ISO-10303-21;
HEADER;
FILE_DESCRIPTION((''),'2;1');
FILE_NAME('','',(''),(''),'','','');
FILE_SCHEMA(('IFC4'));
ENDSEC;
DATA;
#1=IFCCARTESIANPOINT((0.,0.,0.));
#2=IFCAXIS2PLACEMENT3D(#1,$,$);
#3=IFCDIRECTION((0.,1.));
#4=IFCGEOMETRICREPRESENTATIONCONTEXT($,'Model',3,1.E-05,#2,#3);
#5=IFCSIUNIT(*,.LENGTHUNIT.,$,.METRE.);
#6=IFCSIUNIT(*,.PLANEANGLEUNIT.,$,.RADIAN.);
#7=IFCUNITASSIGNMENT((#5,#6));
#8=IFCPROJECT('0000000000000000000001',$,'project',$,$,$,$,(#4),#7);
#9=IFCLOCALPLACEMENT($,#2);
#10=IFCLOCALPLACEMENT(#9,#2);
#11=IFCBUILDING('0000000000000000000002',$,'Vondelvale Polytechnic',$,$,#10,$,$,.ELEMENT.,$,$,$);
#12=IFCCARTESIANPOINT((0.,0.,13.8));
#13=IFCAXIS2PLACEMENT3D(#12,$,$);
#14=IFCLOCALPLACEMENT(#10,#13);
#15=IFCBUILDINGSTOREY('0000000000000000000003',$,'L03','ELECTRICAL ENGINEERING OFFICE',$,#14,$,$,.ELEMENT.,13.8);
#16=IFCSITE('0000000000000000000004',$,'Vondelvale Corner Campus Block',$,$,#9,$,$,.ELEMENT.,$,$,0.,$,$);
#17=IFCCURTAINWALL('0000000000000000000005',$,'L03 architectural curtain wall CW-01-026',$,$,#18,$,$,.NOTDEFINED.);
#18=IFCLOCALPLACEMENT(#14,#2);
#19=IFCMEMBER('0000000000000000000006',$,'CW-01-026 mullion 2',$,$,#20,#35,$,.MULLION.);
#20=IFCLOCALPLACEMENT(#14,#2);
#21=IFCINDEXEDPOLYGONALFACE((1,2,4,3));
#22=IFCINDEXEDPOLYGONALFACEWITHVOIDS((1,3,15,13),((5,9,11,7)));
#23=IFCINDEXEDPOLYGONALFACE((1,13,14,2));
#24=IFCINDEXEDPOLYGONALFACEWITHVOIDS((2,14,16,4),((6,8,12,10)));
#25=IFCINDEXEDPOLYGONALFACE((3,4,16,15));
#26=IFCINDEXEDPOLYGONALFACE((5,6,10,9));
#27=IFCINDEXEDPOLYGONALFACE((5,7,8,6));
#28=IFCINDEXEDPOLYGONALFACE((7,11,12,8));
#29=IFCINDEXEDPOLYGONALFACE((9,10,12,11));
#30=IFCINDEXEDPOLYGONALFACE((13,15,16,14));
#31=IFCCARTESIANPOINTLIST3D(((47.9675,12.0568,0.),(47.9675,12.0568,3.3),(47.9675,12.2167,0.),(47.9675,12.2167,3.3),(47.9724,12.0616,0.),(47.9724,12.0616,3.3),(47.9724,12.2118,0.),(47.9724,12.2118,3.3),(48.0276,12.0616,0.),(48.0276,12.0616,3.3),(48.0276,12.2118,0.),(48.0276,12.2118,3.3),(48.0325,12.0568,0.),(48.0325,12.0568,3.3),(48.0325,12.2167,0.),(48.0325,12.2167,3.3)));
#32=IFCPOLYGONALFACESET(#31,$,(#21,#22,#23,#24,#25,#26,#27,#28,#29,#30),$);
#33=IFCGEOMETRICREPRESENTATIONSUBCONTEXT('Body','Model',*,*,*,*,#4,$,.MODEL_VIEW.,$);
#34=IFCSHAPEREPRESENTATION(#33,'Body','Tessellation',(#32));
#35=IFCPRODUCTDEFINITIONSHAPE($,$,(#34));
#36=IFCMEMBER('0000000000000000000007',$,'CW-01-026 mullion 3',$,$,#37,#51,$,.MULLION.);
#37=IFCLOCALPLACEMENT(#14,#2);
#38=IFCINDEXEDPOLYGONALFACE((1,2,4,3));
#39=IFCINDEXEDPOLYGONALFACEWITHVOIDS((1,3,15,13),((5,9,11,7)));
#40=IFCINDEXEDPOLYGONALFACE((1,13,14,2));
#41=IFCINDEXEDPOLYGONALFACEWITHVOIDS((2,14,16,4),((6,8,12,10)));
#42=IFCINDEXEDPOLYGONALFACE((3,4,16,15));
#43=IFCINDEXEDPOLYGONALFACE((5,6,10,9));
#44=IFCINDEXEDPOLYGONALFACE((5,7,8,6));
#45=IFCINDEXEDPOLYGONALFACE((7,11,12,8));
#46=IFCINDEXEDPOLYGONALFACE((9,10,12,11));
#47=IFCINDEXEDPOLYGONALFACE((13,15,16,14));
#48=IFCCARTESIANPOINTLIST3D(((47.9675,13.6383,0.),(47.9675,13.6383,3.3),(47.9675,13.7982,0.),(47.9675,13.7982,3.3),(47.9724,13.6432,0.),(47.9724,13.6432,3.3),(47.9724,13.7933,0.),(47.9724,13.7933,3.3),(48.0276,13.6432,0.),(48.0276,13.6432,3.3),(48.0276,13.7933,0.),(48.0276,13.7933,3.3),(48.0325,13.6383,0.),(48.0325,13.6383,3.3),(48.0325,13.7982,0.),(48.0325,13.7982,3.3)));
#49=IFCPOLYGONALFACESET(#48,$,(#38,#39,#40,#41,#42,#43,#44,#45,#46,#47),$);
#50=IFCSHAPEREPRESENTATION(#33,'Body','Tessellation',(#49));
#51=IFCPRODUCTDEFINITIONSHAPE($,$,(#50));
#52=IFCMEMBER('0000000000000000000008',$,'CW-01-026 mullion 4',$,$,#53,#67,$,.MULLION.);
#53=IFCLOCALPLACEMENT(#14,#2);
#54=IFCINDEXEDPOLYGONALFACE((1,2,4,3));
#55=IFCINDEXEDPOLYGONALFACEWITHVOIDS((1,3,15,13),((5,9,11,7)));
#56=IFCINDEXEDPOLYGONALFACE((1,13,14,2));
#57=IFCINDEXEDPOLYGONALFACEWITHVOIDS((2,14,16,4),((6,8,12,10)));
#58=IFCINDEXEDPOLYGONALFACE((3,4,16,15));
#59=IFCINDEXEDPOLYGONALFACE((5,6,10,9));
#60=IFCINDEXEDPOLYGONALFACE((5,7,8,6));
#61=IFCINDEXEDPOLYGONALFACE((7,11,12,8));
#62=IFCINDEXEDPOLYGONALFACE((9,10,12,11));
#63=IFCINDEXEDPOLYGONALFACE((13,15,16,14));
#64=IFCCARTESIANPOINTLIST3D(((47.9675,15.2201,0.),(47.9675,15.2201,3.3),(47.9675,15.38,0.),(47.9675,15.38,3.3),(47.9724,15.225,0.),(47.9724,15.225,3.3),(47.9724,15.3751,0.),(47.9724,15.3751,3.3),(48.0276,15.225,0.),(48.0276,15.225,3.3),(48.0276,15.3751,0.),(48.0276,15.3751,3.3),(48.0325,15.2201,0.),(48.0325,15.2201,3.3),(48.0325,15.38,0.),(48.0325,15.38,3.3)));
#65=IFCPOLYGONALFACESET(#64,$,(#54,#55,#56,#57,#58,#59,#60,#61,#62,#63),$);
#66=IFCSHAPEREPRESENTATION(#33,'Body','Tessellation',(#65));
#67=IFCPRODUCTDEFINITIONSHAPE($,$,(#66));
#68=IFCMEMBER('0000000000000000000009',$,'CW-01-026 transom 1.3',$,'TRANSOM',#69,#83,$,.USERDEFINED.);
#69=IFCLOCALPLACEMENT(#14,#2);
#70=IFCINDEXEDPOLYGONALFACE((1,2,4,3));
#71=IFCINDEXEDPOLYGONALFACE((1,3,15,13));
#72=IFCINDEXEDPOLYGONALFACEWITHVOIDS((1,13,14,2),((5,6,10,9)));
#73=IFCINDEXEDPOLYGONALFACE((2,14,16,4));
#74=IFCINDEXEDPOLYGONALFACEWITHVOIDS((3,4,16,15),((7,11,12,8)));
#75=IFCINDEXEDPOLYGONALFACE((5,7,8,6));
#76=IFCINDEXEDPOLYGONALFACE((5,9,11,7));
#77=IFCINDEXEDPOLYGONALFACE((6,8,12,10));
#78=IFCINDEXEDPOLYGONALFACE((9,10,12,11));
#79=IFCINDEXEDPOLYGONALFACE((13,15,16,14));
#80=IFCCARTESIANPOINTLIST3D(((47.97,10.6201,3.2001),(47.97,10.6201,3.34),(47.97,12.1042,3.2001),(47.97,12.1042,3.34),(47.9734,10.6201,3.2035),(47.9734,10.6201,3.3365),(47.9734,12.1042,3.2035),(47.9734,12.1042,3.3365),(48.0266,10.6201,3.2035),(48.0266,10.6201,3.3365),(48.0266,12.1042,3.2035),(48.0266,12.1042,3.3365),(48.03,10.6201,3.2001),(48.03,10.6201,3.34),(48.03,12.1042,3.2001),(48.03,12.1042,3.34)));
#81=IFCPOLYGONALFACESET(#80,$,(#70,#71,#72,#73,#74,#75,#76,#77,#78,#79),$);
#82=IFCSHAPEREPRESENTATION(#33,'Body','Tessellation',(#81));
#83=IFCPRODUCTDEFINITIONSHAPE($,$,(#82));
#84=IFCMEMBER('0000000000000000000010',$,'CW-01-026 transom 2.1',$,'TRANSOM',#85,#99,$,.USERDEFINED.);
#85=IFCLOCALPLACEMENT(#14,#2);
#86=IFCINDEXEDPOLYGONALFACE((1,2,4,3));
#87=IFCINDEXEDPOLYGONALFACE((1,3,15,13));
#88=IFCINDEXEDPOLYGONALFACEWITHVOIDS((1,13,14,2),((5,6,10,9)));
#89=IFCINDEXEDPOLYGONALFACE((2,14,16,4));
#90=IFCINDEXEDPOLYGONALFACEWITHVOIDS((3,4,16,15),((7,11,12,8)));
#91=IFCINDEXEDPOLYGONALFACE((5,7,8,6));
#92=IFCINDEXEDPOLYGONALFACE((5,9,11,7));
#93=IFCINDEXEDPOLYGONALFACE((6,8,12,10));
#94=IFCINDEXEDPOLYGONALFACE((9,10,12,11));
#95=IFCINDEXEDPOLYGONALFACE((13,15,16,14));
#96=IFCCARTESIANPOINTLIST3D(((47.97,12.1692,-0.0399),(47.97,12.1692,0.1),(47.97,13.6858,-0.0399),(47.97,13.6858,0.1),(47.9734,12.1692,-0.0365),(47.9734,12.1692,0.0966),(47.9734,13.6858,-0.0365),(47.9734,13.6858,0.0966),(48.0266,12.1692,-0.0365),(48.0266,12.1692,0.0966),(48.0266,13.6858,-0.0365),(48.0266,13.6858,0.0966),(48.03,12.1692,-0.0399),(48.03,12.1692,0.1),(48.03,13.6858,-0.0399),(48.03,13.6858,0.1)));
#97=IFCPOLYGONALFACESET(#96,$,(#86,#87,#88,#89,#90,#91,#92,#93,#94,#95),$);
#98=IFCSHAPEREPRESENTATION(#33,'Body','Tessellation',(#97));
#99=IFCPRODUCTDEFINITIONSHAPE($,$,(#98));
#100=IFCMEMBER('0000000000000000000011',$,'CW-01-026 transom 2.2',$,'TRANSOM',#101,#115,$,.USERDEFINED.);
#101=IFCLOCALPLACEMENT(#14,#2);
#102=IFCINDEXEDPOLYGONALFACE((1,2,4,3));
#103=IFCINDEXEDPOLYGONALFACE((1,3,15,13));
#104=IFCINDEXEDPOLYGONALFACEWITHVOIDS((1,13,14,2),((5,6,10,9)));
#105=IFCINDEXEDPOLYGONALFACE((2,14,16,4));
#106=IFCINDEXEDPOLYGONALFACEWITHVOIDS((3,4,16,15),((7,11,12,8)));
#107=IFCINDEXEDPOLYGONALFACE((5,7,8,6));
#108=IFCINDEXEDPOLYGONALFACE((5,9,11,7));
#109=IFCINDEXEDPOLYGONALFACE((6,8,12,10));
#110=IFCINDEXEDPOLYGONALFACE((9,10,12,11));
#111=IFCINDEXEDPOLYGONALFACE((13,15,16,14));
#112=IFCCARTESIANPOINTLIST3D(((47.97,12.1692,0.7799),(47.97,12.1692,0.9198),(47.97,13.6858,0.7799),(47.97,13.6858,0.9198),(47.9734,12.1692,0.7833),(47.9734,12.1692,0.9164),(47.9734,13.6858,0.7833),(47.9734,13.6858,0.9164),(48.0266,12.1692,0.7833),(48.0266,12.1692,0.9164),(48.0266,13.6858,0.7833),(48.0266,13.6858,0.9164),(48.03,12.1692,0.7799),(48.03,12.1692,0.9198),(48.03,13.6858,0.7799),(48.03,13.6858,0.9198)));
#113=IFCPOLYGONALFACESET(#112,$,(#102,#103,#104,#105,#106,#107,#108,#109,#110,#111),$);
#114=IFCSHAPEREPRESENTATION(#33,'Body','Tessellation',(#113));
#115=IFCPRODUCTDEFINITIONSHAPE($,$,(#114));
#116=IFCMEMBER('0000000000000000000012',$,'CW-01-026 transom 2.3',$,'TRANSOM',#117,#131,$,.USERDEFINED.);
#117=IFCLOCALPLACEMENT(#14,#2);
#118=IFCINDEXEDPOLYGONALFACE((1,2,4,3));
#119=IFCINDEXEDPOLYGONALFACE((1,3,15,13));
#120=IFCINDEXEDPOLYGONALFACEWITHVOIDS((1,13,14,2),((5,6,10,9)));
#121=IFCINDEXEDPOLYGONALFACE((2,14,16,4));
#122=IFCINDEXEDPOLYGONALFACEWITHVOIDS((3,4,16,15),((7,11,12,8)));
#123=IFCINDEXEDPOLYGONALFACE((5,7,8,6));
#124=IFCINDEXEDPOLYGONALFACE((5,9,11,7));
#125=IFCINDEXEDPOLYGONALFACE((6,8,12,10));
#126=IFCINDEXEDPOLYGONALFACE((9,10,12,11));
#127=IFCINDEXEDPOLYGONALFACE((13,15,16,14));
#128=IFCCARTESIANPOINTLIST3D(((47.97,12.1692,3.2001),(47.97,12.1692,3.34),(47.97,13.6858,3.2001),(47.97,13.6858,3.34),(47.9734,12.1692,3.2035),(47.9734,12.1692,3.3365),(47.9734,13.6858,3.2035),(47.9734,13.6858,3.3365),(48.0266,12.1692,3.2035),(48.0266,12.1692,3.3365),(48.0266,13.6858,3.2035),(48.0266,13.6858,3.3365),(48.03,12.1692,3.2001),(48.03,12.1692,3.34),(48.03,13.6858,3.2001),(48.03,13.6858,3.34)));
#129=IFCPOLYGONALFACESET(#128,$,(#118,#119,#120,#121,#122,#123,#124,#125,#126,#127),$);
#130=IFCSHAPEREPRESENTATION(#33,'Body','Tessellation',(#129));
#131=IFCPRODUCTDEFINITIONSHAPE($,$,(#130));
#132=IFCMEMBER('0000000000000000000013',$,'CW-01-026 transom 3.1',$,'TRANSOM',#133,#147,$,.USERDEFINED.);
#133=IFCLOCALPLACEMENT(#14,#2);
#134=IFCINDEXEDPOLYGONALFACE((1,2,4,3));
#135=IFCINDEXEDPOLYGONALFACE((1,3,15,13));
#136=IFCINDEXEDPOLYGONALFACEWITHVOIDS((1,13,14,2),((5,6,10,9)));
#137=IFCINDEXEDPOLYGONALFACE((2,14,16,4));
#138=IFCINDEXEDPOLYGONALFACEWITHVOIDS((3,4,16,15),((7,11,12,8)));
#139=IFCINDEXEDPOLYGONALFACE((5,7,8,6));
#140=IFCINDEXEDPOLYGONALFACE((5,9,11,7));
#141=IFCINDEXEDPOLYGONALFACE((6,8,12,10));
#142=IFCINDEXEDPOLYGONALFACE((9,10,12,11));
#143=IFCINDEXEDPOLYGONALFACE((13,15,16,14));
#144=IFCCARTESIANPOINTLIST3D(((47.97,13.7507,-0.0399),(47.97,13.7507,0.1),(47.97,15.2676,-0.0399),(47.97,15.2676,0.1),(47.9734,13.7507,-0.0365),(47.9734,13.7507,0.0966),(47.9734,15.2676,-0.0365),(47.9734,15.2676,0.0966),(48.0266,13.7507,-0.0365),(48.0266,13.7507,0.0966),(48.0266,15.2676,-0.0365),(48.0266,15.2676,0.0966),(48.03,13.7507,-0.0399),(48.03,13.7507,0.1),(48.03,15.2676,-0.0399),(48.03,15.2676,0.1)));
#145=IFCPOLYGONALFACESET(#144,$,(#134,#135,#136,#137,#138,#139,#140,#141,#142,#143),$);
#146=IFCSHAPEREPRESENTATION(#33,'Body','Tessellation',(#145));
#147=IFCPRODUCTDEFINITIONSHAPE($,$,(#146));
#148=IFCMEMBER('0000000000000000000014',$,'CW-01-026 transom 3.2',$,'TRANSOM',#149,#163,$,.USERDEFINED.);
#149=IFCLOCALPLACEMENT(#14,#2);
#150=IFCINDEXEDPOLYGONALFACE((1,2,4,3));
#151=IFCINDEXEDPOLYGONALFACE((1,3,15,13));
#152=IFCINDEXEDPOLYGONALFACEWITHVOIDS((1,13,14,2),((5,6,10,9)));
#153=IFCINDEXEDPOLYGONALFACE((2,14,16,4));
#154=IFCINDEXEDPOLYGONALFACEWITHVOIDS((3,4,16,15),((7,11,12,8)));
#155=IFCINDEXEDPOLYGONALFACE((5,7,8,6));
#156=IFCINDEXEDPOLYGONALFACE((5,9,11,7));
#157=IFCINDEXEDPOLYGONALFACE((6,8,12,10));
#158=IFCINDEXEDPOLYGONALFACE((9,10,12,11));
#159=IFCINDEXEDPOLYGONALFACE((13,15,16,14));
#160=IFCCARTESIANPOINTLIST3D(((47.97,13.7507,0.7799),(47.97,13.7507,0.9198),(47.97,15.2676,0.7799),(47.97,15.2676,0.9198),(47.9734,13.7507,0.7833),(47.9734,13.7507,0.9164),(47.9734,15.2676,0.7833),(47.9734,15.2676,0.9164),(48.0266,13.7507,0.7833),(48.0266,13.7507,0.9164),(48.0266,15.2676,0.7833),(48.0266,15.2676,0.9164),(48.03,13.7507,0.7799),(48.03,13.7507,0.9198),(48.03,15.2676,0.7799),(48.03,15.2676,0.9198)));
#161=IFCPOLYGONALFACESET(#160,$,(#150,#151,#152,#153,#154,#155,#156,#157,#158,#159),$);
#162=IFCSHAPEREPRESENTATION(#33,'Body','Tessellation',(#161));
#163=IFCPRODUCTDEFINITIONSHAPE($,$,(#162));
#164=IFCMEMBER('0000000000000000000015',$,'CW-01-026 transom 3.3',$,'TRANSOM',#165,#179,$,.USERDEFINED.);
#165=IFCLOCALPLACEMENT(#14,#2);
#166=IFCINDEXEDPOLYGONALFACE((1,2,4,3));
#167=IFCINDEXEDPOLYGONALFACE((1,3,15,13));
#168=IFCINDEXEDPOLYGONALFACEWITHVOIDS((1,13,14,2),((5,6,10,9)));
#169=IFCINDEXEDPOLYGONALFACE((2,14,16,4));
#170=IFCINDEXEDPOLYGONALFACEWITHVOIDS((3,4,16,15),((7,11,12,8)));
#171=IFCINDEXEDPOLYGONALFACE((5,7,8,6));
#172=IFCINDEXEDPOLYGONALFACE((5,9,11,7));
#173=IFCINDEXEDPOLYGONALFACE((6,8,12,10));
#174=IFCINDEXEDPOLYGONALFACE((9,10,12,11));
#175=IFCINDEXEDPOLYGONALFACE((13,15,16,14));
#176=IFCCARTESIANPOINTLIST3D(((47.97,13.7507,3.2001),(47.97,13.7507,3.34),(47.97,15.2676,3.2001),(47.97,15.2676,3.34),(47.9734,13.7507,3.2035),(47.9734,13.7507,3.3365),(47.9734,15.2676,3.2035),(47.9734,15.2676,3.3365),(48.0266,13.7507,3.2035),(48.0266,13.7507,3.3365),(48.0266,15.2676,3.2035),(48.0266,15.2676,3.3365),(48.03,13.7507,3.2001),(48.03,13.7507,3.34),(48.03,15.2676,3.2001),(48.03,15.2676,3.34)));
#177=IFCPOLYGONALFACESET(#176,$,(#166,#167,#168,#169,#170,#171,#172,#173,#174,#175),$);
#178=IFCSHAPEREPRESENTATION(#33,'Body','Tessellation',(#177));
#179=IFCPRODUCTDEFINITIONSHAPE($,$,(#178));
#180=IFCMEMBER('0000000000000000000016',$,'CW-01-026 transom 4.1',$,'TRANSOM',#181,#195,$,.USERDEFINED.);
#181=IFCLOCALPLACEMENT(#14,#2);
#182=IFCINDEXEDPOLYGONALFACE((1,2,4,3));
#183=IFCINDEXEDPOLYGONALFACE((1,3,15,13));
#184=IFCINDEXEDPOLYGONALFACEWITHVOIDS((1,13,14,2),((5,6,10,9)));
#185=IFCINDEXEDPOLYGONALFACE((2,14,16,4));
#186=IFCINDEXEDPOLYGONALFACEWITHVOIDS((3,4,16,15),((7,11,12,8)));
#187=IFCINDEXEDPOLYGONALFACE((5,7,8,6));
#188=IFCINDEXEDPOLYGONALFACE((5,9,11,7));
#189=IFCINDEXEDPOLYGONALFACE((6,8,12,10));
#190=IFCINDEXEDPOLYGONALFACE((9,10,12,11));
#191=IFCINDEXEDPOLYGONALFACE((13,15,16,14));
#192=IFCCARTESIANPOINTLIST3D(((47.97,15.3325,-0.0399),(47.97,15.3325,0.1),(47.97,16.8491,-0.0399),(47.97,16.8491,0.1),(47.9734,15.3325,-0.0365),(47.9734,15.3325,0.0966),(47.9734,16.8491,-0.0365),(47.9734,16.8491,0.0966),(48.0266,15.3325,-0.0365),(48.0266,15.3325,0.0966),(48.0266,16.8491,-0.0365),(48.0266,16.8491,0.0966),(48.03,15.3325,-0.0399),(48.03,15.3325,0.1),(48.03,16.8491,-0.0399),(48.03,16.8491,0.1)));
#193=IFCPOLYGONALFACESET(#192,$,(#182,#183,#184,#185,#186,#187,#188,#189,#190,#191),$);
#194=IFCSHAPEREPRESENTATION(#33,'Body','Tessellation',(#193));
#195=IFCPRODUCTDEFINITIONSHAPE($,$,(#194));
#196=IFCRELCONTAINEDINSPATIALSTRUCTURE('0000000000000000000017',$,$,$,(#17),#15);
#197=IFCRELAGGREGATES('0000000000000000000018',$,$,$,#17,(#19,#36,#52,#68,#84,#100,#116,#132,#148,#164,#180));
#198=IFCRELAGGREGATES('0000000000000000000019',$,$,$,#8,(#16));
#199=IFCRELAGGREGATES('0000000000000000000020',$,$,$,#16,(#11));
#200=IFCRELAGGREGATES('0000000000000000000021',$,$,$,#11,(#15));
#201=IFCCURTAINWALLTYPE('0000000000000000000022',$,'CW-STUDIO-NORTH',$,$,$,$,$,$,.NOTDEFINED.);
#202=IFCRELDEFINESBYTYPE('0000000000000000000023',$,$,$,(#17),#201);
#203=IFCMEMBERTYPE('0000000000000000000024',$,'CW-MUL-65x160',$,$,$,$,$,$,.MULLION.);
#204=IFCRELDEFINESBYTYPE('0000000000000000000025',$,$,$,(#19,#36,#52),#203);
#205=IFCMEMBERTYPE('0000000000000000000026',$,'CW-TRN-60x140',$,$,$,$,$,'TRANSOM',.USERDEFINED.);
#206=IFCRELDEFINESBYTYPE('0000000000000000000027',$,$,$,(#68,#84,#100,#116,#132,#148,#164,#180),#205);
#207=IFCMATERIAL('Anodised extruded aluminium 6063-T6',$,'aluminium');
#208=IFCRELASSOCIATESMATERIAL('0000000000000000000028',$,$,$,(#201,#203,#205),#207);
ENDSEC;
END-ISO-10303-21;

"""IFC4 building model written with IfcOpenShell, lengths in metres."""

from ifc_helpers import new_model, si_unit, direction, frame, origin, origin_2d, place, context, subcontext, project, spatial, hollow_rectangle, extrude, material, material_profile, profile_set, type_object, element, aggregate, save


model = new_model("IFC4")

# Units and contexts
model_context = context("Model", 3, precision=1e-05, world=origin(), true_north=direction((0.0, 1.0)))
body_context = subcontext(model_context, "Body", "Model", "MODEL_VIEW")
ifc_project = project(units=[si_unit("LENGTHUNIT", "METRE"), si_unit("PLANEANGLEUNIT", "RADIAN")], contexts=[model_context])

# Site, building, storey
site_placement = place(None, origin())
site = spatial("IfcSite", under=ifc_project, at=site_placement, Name="Vondelvale Corner Campus Block", CompositionType="ELEMENT", RefElevation=0.0)
building_placement = place(site_placement, origin())
building = spatial("IfcBuilding", under=site, at=building_placement, Name="Vondelvale Polytechnic", CompositionType="ELEMENT")
storey_placement = place(building_placement, frame((0.0, 0.0, 13.8)))
storey = spatial("IfcBuildingStorey", under=building, at=storey_placement, Name="L03", Description="ELECTRICAL ENGINEERING OFFICE", CompositionType="ELEMENT", Elevation=13.8)

# Curtain wall, members
ifc_material_1 = material(Name="Anodised extruded aluminium 6063-T6", Category="aluminium")
curtain_wall_type = type_object("IfcCurtainWallType", Name="CW-STUDIO-NORTH", PredefinedType="NOTDEFINED", material=ifc_material_1)
curtain_wall_placement = place(storey_placement, origin())
curtain_wall = element("IfcCurtainWall", 1, at=curtain_wall_placement, inside=storey, type_object=curtain_wall_type, Name="L03 architectural curtain wall CW-01-026", PredefinedType="NOTDEFINED")
ifc_material_profile_1 = material_profile(ifc_material_1, hollow_rectangle(XDim=0.0649, YDim=0.1599, WallThickness=0.0049, at=origin_2d()), Name="CW-MUL-160x65")
ifc_profile_set_1 = profile_set([ifc_material_profile_1], Name="Anodised extruded aluminium 6063-T6")
member_type_1 = type_object("IfcMemberType", Name="CW-MUL-65x160", PredefinedType="MULLION", material=ifc_profile_set_1)
member_1_placement = place(storey_placement, frame((48.0, 12.1367, 0.0), z_axis=(0.0, 0.0, 1.0), x_axis=(-1.0, 0.0, 0.0)))
member_1 = element("IfcMember", 2, at=member_1_placement, type_object=member_type_1, Name="CW-01-026 mullion 2", PredefinedType="MULLION", context=body_context, shape_type="SweptSolid", body=[
    extrude(hollow_rectangle(XDim=0.0649, YDim=0.1599, WallThickness=0.0049, at=origin_2d()), origin(), (0.0, 0.0, 1.0), 3.3),
])
member_2_placement = place(storey_placement, frame((48.0, 13.7183, 0.0), z_axis=(0.0, 0.0, 1.0), x_axis=(-1.0, 0.0, 0.0)))
member_2 = element("IfcMember", 3, at=member_2_placement, type_object=member_type_1, Name="CW-01-026 mullion 3", PredefinedType="MULLION", context=body_context, shape_type="SweptSolid", body=[
    extrude(hollow_rectangle(XDim=0.0649, YDim=0.1599, WallThickness=0.0049, at=origin_2d()), origin(), (0.0, 0.0, 1.0), 3.3),
])
member_3_placement = place(storey_placement, frame((48.0, 15.3, 0.0), z_axis=(0.0, 0.0, 1.0), x_axis=(-1.0, 0.0, 0.0)))
member_3 = element("IfcMember", 4, at=member_3_placement, type_object=member_type_1, Name="CW-01-026 mullion 4", PredefinedType="MULLION", context=body_context, shape_type="SweptSolid", body=[
    extrude(hollow_rectangle(XDim=0.0649, YDim=0.1599, WallThickness=0.0049, at=origin_2d()), origin(), (0.0, 0.0, 1.0), 3.3),
])
ifc_material_profile_2 = material_profile(ifc_material_1, hollow_rectangle(XDim=0.0601, YDim=0.1399, WallThickness=0.0034, at=origin_2d()), Name="CW-TRN-140x60")
ifc_profile_set_2 = profile_set([ifc_material_profile_2], Name="Anodised extruded aluminium 6063-T6")
member_type_2 = type_object("IfcMemberType", Name="CW-TRN-60x140", ElementType="TRANSOM", PredefinedType="USERDEFINED", material=ifc_profile_set_2)
member_4_placement = place(storey_placement, frame((48.0, 10.6201, 3.27), z_axis=(0.0, 1.0, 0.0), x_axis=(-1.0, 0.0, 0.0)))
member_4 = element("IfcMember", 5, at=member_4_placement, type_object=member_type_2, Name="CW-01-026 transom 1.3", ObjectType="TRANSOM", PredefinedType="USERDEFINED", context=body_context, shape_type="SweptSolid", body=[
    extrude(hollow_rectangle(XDim=0.0601, YDim=0.1399, WallThickness=0.0034, at=origin_2d()), origin(), (0.0, 0.0, 1.0), 1.4841),
])
member_5_placement = place(storey_placement, frame((48.0, 12.1692, 0.03), z_axis=(0.0, 1.0, 0.0), x_axis=(-1.0, 0.0, 0.0)))
member_5 = element("IfcMember", 6, at=member_5_placement, type_object=member_type_2, Name="CW-01-026 transom 2.1", ObjectType="TRANSOM", PredefinedType="USERDEFINED", context=body_context, shape_type="SweptSolid", body=[
    extrude(hollow_rectangle(XDim=0.0601, YDim=0.1399, WallThickness=0.0034, at=origin_2d()), origin(), (0.0, 0.0, 1.0), 1.5166),
])
member_6_placement = place(storey_placement, frame((48.0, 12.1692, 0.8499), z_axis=(0.0, 1.0, 0.0), x_axis=(-1.0, 0.0, 0.0)))
member_6 = element("IfcMember", 7, at=member_6_placement, type_object=member_type_2, Name="CW-01-026 transom 2.2", ObjectType="TRANSOM", PredefinedType="USERDEFINED", context=body_context, shape_type="SweptSolid", body=[
    extrude(hollow_rectangle(XDim=0.0601, YDim=0.1399, WallThickness=0.0034, at=origin_2d()), origin(), (0.0, 0.0, 1.0), 1.5166),
])
member_7_placement = place(storey_placement, frame((48.0, 12.1692, 3.27), z_axis=(0.0, 1.0, 0.0), x_axis=(-1.0, 0.0, 0.0)))
member_7 = element("IfcMember", 8, at=member_7_placement, type_object=member_type_2, Name="CW-01-026 transom 2.3", ObjectType="TRANSOM", PredefinedType="USERDEFINED", context=body_context, shape_type="SweptSolid", body=[
    extrude(hollow_rectangle(XDim=0.0601, YDim=0.1399, WallThickness=0.0034, at=origin_2d()), origin(), (0.0, 0.0, 1.0), 1.5166),
])
member_8_placement = place(storey_placement, frame((48.0, 13.7507, 0.03), z_axis=(0.0, 1.0, 0.0), x_axis=(-1.0, 0.0, 0.0)))
member_8 = element("IfcMember", 9, at=member_8_placement, type_object=member_type_2, Name="CW-01-026 transom 3.1", ObjectType="TRANSOM", PredefinedType="USERDEFINED", context=body_context, shape_type="SweptSolid", body=[
    extrude(hollow_rectangle(XDim=0.0601, YDim=0.1399, WallThickness=0.0034, at=origin_2d()), origin(), (0.0, 0.0, 1.0), 1.5168),
])
member_9_placement = place(storey_placement, frame((48.0, 13.7507, 0.8499), z_axis=(0.0, 1.0, 0.0), x_axis=(-1.0, 0.0, 0.0)))
member_9 = element("IfcMember", 10, at=member_9_placement, type_object=member_type_2, Name="CW-01-026 transom 3.2", ObjectType="TRANSOM", PredefinedType="USERDEFINED", context=body_context, shape_type="SweptSolid", body=[
    extrude(hollow_rectangle(XDim=0.0601, YDim=0.1399, WallThickness=0.0034, at=origin_2d()), origin(), (0.0, 0.0, 1.0), 1.5168),
])
member_10_placement = place(storey_placement, frame((48.0, 13.7507, 3.27), z_axis=(0.0, 1.0, 0.0), x_axis=(-1.0, 0.0, 0.0)))
member_10 = element("IfcMember", 11, at=member_10_placement, type_object=member_type_2, Name="CW-01-026 transom 3.3", ObjectType="TRANSOM", PredefinedType="USERDEFINED", context=body_context, shape_type="SweptSolid", body=[
    extrude(hollow_rectangle(XDim=0.0601, YDim=0.1399, WallThickness=0.0034, at=origin_2d()), origin(), (0.0, 0.0, 1.0), 1.5168),
])
member_11_placement = place(storey_placement, frame((48.0, 15.3325, 0.03), z_axis=(0.0, 1.0, 0.0), x_axis=(-1.0, 0.0, 0.0)))
member_11 = element("IfcMember", 12, at=member_11_placement, type_object=member_type_2, Name="CW-01-026 transom 4.1", ObjectType="TRANSOM", PredefinedType="USERDEFINED", context=body_context, shape_type="SweptSolid", body=[
    extrude(hollow_rectangle(XDim=0.0601, YDim=0.1399, WallThickness=0.0034, at=origin_2d()), origin(), (0.0, 0.0, 1.0), 1.5166),
])
aggregate(curtain_wall, [member_1, member_2, member_3, member_4, member_5, member_6, member_7, member_8, member_9, member_10, member_11])

save(model, "model.ifc")
